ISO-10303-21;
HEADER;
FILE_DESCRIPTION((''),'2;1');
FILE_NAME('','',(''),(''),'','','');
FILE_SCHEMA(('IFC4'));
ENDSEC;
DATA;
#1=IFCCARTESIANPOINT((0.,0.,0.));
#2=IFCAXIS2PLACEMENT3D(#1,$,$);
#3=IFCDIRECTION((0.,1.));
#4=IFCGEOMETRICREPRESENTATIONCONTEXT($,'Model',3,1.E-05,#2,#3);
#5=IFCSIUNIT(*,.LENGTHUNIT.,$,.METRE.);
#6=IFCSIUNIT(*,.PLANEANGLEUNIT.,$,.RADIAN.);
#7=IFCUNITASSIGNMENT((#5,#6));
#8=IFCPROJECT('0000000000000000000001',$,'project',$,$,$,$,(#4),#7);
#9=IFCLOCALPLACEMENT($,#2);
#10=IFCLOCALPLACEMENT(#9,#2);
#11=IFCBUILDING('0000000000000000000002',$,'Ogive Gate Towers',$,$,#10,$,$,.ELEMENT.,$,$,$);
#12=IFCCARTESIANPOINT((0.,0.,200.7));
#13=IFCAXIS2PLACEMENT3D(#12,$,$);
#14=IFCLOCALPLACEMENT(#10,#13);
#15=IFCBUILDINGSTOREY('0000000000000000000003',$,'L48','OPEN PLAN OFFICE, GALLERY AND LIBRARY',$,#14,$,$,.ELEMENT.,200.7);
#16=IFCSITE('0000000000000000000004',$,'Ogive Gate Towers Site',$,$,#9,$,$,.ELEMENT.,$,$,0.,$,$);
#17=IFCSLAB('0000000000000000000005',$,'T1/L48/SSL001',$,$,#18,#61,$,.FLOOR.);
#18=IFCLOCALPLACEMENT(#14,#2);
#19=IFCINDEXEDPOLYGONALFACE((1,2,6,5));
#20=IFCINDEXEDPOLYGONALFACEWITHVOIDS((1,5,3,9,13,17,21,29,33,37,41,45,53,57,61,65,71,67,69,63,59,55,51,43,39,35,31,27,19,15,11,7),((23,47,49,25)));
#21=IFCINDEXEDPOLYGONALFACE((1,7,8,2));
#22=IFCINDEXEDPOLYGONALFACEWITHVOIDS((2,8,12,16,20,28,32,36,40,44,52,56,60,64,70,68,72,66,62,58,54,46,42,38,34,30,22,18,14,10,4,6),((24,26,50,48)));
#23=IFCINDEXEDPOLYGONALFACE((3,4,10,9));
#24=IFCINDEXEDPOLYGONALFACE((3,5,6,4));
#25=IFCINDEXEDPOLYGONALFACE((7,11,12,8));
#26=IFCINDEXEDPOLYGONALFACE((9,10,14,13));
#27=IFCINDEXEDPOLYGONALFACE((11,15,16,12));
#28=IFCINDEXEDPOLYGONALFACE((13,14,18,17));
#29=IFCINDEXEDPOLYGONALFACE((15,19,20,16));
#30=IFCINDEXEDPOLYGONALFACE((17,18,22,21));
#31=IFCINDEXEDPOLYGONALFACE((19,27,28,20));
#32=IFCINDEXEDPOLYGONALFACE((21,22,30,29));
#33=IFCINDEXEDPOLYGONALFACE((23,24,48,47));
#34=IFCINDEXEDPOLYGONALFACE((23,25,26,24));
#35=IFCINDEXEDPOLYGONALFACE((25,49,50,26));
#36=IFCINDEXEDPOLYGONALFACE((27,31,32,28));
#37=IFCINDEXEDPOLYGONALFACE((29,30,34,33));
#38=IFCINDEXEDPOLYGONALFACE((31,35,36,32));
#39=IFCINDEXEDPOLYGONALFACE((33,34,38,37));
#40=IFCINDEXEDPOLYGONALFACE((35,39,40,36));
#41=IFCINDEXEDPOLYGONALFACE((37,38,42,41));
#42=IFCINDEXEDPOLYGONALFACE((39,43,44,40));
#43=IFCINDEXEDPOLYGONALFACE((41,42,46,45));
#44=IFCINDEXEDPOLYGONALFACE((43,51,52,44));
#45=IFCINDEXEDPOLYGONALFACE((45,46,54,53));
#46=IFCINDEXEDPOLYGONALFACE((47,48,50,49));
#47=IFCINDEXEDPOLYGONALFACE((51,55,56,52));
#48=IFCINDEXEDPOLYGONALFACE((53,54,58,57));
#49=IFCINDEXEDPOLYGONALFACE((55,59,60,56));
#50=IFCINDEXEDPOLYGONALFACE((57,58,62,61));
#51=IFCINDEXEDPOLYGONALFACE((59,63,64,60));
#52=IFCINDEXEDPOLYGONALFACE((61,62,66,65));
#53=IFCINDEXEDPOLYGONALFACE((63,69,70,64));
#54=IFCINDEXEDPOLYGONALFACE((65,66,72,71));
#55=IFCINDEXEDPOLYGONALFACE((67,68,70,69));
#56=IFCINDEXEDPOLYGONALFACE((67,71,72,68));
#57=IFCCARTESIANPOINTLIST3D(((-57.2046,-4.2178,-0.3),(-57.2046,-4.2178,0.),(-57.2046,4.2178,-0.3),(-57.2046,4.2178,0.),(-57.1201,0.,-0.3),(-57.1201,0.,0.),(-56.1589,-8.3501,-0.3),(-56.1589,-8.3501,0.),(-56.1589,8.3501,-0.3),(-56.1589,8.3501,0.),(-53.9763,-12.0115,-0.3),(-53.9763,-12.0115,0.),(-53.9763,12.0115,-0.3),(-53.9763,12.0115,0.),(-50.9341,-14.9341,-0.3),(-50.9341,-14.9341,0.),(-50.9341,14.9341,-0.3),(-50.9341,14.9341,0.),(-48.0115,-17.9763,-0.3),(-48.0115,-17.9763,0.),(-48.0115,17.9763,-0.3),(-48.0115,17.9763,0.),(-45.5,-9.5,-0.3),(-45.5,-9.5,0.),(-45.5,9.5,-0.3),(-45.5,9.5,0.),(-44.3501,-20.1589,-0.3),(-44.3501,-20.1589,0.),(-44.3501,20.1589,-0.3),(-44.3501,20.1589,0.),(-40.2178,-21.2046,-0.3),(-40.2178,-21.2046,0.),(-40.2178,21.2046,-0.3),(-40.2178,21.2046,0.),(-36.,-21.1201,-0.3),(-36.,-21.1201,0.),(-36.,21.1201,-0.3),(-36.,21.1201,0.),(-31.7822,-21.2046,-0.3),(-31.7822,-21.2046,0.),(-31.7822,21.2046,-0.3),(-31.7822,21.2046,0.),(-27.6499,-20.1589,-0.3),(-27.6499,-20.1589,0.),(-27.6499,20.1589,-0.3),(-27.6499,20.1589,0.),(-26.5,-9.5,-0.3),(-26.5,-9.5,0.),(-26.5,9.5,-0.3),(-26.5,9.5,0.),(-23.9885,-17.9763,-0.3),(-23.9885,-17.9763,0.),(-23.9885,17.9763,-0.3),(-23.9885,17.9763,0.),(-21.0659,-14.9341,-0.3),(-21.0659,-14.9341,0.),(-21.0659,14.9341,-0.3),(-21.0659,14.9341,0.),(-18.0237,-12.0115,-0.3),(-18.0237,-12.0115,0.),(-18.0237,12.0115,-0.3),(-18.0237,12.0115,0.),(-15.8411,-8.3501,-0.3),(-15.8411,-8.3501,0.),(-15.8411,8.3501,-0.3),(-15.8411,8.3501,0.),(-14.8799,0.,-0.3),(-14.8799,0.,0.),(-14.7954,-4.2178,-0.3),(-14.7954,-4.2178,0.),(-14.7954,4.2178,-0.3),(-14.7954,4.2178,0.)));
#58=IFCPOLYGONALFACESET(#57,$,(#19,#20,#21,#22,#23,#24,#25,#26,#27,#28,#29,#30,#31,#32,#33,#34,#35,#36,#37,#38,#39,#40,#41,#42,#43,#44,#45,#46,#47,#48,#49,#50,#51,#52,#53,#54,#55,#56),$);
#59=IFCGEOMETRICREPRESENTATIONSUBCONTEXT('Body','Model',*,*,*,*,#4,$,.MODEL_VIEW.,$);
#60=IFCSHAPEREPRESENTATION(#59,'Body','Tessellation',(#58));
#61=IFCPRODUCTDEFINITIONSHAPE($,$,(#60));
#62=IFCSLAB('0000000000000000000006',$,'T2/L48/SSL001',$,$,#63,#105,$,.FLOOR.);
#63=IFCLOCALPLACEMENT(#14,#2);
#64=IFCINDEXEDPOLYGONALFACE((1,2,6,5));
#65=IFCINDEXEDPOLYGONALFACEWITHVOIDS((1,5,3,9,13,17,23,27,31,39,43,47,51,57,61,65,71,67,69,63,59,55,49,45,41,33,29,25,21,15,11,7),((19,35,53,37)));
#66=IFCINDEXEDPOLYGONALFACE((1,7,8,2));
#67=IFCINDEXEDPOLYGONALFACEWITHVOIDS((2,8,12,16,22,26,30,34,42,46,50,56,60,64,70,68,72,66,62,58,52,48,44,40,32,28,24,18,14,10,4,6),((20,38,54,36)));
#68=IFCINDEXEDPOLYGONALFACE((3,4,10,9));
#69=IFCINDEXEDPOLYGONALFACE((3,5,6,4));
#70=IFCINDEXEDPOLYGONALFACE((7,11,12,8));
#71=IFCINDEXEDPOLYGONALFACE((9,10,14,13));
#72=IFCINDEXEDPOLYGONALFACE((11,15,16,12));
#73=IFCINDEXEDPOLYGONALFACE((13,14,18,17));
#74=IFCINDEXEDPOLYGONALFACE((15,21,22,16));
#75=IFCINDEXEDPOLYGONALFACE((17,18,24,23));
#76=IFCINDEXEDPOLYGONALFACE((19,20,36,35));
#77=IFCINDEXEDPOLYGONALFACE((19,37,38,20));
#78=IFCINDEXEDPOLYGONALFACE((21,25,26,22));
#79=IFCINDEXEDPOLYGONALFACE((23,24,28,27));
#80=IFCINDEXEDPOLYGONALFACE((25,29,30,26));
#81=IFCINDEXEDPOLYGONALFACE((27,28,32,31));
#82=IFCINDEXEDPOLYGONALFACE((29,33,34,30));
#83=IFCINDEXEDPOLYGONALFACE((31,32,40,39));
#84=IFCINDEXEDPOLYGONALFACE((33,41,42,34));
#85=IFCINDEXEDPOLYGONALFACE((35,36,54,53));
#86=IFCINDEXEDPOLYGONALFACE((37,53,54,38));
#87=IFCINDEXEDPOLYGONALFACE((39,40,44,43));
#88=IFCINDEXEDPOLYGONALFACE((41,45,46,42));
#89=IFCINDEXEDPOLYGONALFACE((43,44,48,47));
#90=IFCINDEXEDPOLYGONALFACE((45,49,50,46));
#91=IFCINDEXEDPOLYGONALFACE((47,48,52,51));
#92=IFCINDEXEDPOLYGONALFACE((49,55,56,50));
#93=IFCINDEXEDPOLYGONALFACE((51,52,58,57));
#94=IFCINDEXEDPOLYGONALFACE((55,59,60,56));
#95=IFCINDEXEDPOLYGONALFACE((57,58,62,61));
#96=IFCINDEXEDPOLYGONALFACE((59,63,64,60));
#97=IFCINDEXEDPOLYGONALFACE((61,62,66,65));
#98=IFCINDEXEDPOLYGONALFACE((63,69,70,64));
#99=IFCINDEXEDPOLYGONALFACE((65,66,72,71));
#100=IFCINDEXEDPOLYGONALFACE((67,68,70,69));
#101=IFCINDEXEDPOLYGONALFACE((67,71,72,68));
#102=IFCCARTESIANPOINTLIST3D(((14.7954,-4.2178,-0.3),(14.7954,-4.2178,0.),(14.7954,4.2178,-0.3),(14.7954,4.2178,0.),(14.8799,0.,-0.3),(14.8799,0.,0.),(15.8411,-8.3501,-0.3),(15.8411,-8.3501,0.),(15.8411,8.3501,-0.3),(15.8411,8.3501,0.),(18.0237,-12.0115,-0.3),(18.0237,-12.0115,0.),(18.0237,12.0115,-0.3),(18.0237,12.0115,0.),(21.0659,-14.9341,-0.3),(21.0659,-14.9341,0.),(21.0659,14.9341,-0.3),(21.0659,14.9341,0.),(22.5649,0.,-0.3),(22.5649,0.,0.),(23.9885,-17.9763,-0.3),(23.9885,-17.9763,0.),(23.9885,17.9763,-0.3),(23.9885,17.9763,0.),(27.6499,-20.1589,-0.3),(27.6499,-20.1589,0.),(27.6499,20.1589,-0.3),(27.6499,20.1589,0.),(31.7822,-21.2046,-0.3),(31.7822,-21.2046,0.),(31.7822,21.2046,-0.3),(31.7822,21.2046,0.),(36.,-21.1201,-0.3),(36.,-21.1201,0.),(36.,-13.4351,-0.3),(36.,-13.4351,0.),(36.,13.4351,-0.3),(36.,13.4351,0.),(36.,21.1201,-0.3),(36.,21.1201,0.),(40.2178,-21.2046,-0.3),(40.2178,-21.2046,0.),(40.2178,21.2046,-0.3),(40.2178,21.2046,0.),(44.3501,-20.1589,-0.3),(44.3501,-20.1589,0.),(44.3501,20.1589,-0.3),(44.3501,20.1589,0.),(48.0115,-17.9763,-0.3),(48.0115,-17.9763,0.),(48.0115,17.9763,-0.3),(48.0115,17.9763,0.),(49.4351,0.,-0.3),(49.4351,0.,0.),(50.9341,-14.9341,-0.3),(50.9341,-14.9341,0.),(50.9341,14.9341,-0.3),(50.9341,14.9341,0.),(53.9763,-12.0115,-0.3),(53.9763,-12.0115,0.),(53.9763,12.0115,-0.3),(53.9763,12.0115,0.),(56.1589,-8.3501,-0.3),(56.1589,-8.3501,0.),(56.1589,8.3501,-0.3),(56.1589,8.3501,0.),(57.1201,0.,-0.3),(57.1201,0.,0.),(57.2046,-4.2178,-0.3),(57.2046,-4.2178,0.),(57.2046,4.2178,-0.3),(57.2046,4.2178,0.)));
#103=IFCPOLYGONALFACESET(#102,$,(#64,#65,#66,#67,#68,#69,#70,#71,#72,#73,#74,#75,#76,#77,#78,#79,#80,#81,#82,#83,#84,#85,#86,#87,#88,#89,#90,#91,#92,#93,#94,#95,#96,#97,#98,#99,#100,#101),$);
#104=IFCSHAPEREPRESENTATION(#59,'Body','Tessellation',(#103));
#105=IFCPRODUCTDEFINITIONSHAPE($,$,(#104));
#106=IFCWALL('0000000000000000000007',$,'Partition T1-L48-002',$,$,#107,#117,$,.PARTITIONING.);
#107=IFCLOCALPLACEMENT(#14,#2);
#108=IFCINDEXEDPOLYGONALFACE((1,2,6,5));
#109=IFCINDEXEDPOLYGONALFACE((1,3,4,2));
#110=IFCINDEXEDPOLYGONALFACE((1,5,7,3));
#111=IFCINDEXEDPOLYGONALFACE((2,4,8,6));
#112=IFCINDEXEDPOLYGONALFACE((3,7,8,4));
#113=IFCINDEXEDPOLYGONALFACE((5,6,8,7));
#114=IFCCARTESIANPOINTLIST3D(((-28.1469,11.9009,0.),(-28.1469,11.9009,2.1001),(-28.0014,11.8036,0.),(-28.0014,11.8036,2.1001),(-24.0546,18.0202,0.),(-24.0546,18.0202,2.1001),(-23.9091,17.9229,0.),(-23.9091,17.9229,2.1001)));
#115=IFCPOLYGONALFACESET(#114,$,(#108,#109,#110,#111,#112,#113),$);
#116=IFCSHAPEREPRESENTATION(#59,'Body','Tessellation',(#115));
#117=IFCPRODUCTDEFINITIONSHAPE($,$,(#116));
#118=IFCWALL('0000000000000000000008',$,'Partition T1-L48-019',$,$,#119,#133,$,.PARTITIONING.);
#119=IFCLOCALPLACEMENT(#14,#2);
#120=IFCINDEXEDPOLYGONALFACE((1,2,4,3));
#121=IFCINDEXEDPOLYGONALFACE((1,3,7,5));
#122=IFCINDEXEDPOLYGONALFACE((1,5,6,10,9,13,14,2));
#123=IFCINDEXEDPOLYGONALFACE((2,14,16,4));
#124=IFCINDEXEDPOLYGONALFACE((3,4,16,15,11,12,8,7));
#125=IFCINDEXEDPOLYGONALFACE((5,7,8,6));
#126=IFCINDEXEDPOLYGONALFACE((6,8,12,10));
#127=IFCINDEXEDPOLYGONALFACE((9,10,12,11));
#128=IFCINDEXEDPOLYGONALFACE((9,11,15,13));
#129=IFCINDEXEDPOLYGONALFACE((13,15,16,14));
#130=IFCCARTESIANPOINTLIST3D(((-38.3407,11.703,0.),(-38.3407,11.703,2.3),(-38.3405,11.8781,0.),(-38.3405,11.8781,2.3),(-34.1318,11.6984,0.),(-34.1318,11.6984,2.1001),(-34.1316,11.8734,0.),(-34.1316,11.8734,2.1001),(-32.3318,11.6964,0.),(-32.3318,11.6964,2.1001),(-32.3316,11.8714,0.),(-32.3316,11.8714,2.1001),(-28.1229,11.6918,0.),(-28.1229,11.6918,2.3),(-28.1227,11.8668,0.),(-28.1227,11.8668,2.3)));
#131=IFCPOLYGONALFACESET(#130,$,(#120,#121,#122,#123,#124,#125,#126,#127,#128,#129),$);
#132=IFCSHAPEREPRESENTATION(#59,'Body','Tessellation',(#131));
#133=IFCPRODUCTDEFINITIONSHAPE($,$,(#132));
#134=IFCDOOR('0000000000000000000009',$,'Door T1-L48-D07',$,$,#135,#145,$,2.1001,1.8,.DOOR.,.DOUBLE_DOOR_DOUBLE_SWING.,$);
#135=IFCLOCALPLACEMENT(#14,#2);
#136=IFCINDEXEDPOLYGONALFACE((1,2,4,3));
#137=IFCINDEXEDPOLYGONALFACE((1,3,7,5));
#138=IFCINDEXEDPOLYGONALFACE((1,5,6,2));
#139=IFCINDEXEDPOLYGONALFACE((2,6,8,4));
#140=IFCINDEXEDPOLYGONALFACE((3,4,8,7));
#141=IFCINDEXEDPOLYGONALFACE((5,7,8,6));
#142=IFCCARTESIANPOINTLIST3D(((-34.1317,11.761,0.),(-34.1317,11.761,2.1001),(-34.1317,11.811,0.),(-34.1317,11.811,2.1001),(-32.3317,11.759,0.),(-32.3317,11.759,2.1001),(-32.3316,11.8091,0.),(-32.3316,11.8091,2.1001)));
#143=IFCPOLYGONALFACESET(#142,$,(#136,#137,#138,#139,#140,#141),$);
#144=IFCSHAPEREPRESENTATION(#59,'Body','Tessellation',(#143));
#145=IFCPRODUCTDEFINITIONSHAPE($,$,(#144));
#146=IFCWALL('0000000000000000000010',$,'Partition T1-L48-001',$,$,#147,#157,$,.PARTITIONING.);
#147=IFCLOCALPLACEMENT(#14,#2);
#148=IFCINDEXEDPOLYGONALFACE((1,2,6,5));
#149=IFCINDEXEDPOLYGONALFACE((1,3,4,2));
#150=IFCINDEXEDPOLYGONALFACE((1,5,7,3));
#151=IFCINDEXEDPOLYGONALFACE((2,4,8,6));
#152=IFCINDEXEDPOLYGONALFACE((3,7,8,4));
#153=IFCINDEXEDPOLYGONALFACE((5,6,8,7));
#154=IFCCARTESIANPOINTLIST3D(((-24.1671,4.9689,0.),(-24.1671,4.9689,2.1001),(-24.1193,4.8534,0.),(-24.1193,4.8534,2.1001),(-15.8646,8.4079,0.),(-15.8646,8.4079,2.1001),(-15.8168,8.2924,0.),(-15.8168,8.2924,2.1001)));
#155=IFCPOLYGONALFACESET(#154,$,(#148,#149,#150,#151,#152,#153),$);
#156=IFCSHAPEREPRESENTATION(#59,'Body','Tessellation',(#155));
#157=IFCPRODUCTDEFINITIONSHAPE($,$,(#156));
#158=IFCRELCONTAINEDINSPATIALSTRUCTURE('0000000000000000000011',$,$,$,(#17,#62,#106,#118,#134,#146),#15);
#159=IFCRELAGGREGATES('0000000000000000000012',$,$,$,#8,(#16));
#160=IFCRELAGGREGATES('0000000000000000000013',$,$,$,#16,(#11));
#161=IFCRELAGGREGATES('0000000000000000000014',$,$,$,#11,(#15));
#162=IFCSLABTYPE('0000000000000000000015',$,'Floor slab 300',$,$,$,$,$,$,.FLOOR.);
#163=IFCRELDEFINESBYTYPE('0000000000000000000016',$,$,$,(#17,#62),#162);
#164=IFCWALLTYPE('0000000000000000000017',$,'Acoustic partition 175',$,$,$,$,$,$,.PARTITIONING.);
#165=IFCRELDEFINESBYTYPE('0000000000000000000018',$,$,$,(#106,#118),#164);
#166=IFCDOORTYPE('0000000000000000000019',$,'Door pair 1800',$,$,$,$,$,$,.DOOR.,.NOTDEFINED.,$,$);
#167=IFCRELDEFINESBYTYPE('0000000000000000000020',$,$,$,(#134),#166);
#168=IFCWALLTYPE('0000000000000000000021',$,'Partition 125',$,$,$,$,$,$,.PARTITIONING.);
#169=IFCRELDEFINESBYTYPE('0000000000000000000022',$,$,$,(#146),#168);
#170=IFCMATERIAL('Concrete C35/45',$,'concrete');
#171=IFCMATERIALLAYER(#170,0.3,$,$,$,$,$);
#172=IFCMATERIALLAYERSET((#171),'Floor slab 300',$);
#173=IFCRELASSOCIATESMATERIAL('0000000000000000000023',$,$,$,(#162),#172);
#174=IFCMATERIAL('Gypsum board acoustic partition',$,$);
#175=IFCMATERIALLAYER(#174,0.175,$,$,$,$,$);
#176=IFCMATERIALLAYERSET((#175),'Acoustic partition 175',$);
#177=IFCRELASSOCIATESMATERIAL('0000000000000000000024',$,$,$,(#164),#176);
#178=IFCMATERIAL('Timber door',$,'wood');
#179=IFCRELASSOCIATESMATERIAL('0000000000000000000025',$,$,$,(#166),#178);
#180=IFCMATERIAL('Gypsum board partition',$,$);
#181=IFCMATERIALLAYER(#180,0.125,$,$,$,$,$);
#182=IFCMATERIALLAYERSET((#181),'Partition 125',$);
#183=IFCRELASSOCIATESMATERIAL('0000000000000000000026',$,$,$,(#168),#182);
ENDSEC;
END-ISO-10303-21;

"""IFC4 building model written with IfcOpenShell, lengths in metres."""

from ifc_helpers import new_model, si_unit, direction, frame, frame_2d, origin, place, context, subcontext, project, spatial, polyline, rectangle, outline, extrude, material, layer, layer_set, type_object, element, fill, save


model = new_model("IFC4")

# Units and contexts
model_context = context("Model", 3, precision=1e-05, world=origin(), true_north=direction((0.0, 1.0)))
body_context = subcontext(model_context, "Body", "Model", "MODEL_VIEW")
ifc_project = project(units=[si_unit("LENGTHUNIT", "METRE"), si_unit("PLANEANGLEUNIT", "RADIAN")], contexts=[model_context])

# Site, building, storey
site_placement = place(None, origin())
site = spatial("IfcSite", under=ifc_project, at=site_placement, Name="Ogive Gate Towers Site", CompositionType="ELEMENT", RefElevation=0.0)
building_placement = place(site_placement, origin())
building = spatial("IfcBuilding", under=site, at=building_placement, Name="Ogive Gate Towers", CompositionType="ELEMENT")
storey_placement = place(building_placement, frame((0.0, 0.0, 200.7)))
storey = spatial("IfcBuildingStorey", under=building, at=storey_placement, Name="L48", Description="OPEN PLAN OFFICE, GALLERY AND LIBRARY", CompositionType="ELEMENT", Elevation=200.7)

# Slabs
ifc_material_1 = material(Name="Concrete C35/45", Category="concrete")
ifc_layer_1 = layer(ifc_material_1, 0.3)
ifc_layer_set_1 = layer_set([ifc_layer_1], Name="Floor slab 300")
slab_type_1 = type_object("IfcSlabType", Name="Floor slab 300", PredefinedType="FLOOR", material=ifc_layer_set_1)
slab_1_placement = place(storey_placement, frame((0.0, 0.0, -0.3)))
element("IfcSlab", 1, at=slab_1_placement, inside=storey, type_object=slab_type_1, Name="T1/L48/SSL001", PredefinedType="FLOOR", context=body_context, shape_type="SweptSolid", body=[
    extrude(outline(polyline([(-14.7954, -4.2178), (-14.8799, 0.0), (-14.7954, 4.2178), (-15.8411, 8.3501), (-18.0237, 12.0115), (-21.0659, 14.9341), (-23.9885, 17.9763), (-27.6499, 20.1589), (-31.7822, 21.2046), (-36.0, 21.1201), (-40.2178, 21.2046), (-44.3501, 20.1589), (-48.0115, 17.9763), (-50.9341, 14.9341), (-53.9763, 12.0115), (-56.1589, 8.3501), (-57.2046, 4.2178), (-57.1201, 0.0), (-57.2046, -4.2178), (-56.1589, -8.3501), (-53.9763, -12.0115), (-50.9341, -14.9341), (-48.0115, -17.9763), (-44.3501, -20.1589), (-40.2178, -21.2046), (-36.0, -21.1201), (-31.7822, -21.2046), (-27.6499, -20.1589), (-23.9885, -17.9763), (-21.0659, -14.9341), (-18.0237, -12.0115), (-15.8411, -8.3501), (-14.7954, -4.2178)]), holes=[polyline([(-26.5, -9.5), (-45.5, -9.5), (-45.5, 9.5), (-26.5, 9.5), (-26.5, -9.5)])]), origin(), (0.0, 0.0, 1.0), 0.3),
])
slab_2_placement = place(storey_placement, frame((0.0, 0.0, -0.3)))
element("IfcSlab", 2, at=slab_2_placement, inside=storey, type_object=slab_type_1, Name="T2/L48/SSL001", PredefinedType="FLOOR", context=body_context, shape_type="SweptSolid", body=[
    extrude(outline(polyline([(57.2046, -4.2178), (57.1201, 0.0), (57.2046, 4.2178), (56.1589, 8.3501), (53.9763, 12.0115), (50.9341, 14.9341), (48.0115, 17.9763), (44.3501, 20.1589), (40.2178, 21.2046), (36.0, 21.1201), (31.7822, 21.2046), (27.6499, 20.1589), (23.9885, 17.9763), (21.0659, 14.9341), (18.0237, 12.0115), (15.8411, 8.3501), (14.7954, 4.2178), (14.8799, 0.0), (14.7954, -4.2178), (15.8411, -8.3501), (18.0237, -12.0115), (21.0659, -14.9341), (23.9885, -17.9763), (27.6499, -20.1589), (31.7822, -21.2046), (36.0, -21.1201), (40.2178, -21.2046), (44.3501, -20.1589), (48.0115, -17.9763), (50.9341, -14.9341), (53.9763, -12.0115), (56.1589, -8.3501), (57.2046, -4.2178)]), holes=[polyline([(49.4351, 0.0), (36.0, -13.4351), (22.5649, 0.0), (36.0, 13.4351), (49.4351, 0.0)])]), origin(), (0.0, 0.0, 1.0), 0.3),
])

# Wall
ifc_material_2 = material(Name="Gypsum board acoustic partition")
ifc_layer_2 = layer(ifc_material_2, 0.175)
ifc_layer_set_2 = layer_set([ifc_layer_2], Name="Acoustic partition 175")
wall_type_1 = type_object("IfcWallType", Name="Acoustic partition 175", PredefinedType="PARTITIONING", material=ifc_layer_set_2)
wall_1_placement = place(storey_placement, frame((-23.9819, 17.9714, 0.0), z_axis=(0.0, 0.0, 1.0), x_axis=(-0.555894, -0.831254, 0.0)))
element("IfcWall", 3, at=wall_1_placement, inside=storey, type_object=wall_type_1, Name="Partition T1-L48-002", PredefinedType="PARTITIONING", context=body_context, shape_type="SweptSolid", body=[
    extrude(rectangle(XDim=7.3616, YDim=0.175, at=frame_2d((3.6807, 0.0))), origin(), (0.0, 0.0, 1.0), 2.1001),
])

# Wall, opening, door
wall_2_placement = place(storey_placement, frame((-28.1228, 11.7793, 0.0), z_axis=(0.0, 0.0, 1.0), x_axis=(-0.999999, 0.001099, 0.0)))
wall_2 = element("IfcWall", 4, at=wall_2_placement, inside=storey, type_object=wall_type_1, Name="Partition T1-L48-019", PredefinedType="PARTITIONING", context=body_context, shape_type="SweptSolid", body=[
    extrude(rectangle(XDim=10.2178, YDim=0.175, at=frame_2d((5.1089, 0.0))), origin(), (0.0, 0.0, 1.0), 2.3),
])
opening_1_placement = place(wall_2_placement, frame((4.209, 0.0, 0.0)))
opening_1 = element("IfcOpeningElement", 5, at=opening_1_placement, cuts=wall_2, PredefinedType="OPENING", context=body_context, shape_type="SweptSolid", body=[
    extrude(rectangle(XDim=1.8, YDim=2.1001, at=frame_2d((0.8999, 1.05))), frame((0.0, 0.0977, 0.0), z_axis=(0.0, -1.0, 0.0), x_axis=(1.0, 0.0, 0.0)), (0.0, 0.0, 1.0), 0.1951),
])
ifc_material_3 = material(Name="Timber door", Category="wood")
door_type_1 = type_object("IfcDoorType", Name="Door pair 1800", OperationType="NOTDEFINED", PredefinedType="DOOR", material=ifc_material_3)
door_1_placement = place(opening_1_placement, origin())
door_1 = element("IfcDoor", 6, at=door_1_placement, inside=storey, type_object=door_type_1, Name="Door T1-L48-D07", OperationType="DOUBLE_DOOR_DOUBLE_SWING", OverallHeight=2.1001, OverallWidth=1.8, PredefinedType="DOOR", context=body_context, shape_type="SweptSolid", body=[
    extrude(rectangle(XDim=1.8, YDim=2.1001, at=frame_2d((0.8999, 1.05))), frame((0.0, 0.0249, 0.0), z_axis=(0.0, -1.0, 0.0), x_axis=(1.0, 0.0, 0.0)), (0.0, 0.0, 1.0), 0.05),
])
fill(opening_1, door_1)

# Wall
ifc_material_4 = material(Name="Gypsum board partition")
ifc_layer_3 = layer(ifc_material_4, 0.125)
ifc_layer_set_3 = layer_set([ifc_layer_3], Name="Partition 125")
wall_type_2 = type_object("IfcWallType", Name="Partition 125", PredefinedType="PARTITIONING", material=ifc_layer_set_3)
wall_3_placement = place(storey_placement, frame((-15.8408, 8.3501, 0.0), z_axis=(0.0, 0.0, 1.0), x_axis=(-0.923881, -0.38268, 0.0)))
element("IfcWall", 7, at=wall_3_placement, inside=storey, type_object=wall_type_2, Name="Partition T1-L48-001", PredefinedType="PARTITIONING", context=body_context, shape_type="SweptSolid", body=[
    extrude(rectangle(XDim=8.9866, YDim=0.125, at=frame_2d((4.4932, 0.0))), origin(), (0.0, 0.0, 1.0), 2.1001),
])

save(model, "model.ifc")
